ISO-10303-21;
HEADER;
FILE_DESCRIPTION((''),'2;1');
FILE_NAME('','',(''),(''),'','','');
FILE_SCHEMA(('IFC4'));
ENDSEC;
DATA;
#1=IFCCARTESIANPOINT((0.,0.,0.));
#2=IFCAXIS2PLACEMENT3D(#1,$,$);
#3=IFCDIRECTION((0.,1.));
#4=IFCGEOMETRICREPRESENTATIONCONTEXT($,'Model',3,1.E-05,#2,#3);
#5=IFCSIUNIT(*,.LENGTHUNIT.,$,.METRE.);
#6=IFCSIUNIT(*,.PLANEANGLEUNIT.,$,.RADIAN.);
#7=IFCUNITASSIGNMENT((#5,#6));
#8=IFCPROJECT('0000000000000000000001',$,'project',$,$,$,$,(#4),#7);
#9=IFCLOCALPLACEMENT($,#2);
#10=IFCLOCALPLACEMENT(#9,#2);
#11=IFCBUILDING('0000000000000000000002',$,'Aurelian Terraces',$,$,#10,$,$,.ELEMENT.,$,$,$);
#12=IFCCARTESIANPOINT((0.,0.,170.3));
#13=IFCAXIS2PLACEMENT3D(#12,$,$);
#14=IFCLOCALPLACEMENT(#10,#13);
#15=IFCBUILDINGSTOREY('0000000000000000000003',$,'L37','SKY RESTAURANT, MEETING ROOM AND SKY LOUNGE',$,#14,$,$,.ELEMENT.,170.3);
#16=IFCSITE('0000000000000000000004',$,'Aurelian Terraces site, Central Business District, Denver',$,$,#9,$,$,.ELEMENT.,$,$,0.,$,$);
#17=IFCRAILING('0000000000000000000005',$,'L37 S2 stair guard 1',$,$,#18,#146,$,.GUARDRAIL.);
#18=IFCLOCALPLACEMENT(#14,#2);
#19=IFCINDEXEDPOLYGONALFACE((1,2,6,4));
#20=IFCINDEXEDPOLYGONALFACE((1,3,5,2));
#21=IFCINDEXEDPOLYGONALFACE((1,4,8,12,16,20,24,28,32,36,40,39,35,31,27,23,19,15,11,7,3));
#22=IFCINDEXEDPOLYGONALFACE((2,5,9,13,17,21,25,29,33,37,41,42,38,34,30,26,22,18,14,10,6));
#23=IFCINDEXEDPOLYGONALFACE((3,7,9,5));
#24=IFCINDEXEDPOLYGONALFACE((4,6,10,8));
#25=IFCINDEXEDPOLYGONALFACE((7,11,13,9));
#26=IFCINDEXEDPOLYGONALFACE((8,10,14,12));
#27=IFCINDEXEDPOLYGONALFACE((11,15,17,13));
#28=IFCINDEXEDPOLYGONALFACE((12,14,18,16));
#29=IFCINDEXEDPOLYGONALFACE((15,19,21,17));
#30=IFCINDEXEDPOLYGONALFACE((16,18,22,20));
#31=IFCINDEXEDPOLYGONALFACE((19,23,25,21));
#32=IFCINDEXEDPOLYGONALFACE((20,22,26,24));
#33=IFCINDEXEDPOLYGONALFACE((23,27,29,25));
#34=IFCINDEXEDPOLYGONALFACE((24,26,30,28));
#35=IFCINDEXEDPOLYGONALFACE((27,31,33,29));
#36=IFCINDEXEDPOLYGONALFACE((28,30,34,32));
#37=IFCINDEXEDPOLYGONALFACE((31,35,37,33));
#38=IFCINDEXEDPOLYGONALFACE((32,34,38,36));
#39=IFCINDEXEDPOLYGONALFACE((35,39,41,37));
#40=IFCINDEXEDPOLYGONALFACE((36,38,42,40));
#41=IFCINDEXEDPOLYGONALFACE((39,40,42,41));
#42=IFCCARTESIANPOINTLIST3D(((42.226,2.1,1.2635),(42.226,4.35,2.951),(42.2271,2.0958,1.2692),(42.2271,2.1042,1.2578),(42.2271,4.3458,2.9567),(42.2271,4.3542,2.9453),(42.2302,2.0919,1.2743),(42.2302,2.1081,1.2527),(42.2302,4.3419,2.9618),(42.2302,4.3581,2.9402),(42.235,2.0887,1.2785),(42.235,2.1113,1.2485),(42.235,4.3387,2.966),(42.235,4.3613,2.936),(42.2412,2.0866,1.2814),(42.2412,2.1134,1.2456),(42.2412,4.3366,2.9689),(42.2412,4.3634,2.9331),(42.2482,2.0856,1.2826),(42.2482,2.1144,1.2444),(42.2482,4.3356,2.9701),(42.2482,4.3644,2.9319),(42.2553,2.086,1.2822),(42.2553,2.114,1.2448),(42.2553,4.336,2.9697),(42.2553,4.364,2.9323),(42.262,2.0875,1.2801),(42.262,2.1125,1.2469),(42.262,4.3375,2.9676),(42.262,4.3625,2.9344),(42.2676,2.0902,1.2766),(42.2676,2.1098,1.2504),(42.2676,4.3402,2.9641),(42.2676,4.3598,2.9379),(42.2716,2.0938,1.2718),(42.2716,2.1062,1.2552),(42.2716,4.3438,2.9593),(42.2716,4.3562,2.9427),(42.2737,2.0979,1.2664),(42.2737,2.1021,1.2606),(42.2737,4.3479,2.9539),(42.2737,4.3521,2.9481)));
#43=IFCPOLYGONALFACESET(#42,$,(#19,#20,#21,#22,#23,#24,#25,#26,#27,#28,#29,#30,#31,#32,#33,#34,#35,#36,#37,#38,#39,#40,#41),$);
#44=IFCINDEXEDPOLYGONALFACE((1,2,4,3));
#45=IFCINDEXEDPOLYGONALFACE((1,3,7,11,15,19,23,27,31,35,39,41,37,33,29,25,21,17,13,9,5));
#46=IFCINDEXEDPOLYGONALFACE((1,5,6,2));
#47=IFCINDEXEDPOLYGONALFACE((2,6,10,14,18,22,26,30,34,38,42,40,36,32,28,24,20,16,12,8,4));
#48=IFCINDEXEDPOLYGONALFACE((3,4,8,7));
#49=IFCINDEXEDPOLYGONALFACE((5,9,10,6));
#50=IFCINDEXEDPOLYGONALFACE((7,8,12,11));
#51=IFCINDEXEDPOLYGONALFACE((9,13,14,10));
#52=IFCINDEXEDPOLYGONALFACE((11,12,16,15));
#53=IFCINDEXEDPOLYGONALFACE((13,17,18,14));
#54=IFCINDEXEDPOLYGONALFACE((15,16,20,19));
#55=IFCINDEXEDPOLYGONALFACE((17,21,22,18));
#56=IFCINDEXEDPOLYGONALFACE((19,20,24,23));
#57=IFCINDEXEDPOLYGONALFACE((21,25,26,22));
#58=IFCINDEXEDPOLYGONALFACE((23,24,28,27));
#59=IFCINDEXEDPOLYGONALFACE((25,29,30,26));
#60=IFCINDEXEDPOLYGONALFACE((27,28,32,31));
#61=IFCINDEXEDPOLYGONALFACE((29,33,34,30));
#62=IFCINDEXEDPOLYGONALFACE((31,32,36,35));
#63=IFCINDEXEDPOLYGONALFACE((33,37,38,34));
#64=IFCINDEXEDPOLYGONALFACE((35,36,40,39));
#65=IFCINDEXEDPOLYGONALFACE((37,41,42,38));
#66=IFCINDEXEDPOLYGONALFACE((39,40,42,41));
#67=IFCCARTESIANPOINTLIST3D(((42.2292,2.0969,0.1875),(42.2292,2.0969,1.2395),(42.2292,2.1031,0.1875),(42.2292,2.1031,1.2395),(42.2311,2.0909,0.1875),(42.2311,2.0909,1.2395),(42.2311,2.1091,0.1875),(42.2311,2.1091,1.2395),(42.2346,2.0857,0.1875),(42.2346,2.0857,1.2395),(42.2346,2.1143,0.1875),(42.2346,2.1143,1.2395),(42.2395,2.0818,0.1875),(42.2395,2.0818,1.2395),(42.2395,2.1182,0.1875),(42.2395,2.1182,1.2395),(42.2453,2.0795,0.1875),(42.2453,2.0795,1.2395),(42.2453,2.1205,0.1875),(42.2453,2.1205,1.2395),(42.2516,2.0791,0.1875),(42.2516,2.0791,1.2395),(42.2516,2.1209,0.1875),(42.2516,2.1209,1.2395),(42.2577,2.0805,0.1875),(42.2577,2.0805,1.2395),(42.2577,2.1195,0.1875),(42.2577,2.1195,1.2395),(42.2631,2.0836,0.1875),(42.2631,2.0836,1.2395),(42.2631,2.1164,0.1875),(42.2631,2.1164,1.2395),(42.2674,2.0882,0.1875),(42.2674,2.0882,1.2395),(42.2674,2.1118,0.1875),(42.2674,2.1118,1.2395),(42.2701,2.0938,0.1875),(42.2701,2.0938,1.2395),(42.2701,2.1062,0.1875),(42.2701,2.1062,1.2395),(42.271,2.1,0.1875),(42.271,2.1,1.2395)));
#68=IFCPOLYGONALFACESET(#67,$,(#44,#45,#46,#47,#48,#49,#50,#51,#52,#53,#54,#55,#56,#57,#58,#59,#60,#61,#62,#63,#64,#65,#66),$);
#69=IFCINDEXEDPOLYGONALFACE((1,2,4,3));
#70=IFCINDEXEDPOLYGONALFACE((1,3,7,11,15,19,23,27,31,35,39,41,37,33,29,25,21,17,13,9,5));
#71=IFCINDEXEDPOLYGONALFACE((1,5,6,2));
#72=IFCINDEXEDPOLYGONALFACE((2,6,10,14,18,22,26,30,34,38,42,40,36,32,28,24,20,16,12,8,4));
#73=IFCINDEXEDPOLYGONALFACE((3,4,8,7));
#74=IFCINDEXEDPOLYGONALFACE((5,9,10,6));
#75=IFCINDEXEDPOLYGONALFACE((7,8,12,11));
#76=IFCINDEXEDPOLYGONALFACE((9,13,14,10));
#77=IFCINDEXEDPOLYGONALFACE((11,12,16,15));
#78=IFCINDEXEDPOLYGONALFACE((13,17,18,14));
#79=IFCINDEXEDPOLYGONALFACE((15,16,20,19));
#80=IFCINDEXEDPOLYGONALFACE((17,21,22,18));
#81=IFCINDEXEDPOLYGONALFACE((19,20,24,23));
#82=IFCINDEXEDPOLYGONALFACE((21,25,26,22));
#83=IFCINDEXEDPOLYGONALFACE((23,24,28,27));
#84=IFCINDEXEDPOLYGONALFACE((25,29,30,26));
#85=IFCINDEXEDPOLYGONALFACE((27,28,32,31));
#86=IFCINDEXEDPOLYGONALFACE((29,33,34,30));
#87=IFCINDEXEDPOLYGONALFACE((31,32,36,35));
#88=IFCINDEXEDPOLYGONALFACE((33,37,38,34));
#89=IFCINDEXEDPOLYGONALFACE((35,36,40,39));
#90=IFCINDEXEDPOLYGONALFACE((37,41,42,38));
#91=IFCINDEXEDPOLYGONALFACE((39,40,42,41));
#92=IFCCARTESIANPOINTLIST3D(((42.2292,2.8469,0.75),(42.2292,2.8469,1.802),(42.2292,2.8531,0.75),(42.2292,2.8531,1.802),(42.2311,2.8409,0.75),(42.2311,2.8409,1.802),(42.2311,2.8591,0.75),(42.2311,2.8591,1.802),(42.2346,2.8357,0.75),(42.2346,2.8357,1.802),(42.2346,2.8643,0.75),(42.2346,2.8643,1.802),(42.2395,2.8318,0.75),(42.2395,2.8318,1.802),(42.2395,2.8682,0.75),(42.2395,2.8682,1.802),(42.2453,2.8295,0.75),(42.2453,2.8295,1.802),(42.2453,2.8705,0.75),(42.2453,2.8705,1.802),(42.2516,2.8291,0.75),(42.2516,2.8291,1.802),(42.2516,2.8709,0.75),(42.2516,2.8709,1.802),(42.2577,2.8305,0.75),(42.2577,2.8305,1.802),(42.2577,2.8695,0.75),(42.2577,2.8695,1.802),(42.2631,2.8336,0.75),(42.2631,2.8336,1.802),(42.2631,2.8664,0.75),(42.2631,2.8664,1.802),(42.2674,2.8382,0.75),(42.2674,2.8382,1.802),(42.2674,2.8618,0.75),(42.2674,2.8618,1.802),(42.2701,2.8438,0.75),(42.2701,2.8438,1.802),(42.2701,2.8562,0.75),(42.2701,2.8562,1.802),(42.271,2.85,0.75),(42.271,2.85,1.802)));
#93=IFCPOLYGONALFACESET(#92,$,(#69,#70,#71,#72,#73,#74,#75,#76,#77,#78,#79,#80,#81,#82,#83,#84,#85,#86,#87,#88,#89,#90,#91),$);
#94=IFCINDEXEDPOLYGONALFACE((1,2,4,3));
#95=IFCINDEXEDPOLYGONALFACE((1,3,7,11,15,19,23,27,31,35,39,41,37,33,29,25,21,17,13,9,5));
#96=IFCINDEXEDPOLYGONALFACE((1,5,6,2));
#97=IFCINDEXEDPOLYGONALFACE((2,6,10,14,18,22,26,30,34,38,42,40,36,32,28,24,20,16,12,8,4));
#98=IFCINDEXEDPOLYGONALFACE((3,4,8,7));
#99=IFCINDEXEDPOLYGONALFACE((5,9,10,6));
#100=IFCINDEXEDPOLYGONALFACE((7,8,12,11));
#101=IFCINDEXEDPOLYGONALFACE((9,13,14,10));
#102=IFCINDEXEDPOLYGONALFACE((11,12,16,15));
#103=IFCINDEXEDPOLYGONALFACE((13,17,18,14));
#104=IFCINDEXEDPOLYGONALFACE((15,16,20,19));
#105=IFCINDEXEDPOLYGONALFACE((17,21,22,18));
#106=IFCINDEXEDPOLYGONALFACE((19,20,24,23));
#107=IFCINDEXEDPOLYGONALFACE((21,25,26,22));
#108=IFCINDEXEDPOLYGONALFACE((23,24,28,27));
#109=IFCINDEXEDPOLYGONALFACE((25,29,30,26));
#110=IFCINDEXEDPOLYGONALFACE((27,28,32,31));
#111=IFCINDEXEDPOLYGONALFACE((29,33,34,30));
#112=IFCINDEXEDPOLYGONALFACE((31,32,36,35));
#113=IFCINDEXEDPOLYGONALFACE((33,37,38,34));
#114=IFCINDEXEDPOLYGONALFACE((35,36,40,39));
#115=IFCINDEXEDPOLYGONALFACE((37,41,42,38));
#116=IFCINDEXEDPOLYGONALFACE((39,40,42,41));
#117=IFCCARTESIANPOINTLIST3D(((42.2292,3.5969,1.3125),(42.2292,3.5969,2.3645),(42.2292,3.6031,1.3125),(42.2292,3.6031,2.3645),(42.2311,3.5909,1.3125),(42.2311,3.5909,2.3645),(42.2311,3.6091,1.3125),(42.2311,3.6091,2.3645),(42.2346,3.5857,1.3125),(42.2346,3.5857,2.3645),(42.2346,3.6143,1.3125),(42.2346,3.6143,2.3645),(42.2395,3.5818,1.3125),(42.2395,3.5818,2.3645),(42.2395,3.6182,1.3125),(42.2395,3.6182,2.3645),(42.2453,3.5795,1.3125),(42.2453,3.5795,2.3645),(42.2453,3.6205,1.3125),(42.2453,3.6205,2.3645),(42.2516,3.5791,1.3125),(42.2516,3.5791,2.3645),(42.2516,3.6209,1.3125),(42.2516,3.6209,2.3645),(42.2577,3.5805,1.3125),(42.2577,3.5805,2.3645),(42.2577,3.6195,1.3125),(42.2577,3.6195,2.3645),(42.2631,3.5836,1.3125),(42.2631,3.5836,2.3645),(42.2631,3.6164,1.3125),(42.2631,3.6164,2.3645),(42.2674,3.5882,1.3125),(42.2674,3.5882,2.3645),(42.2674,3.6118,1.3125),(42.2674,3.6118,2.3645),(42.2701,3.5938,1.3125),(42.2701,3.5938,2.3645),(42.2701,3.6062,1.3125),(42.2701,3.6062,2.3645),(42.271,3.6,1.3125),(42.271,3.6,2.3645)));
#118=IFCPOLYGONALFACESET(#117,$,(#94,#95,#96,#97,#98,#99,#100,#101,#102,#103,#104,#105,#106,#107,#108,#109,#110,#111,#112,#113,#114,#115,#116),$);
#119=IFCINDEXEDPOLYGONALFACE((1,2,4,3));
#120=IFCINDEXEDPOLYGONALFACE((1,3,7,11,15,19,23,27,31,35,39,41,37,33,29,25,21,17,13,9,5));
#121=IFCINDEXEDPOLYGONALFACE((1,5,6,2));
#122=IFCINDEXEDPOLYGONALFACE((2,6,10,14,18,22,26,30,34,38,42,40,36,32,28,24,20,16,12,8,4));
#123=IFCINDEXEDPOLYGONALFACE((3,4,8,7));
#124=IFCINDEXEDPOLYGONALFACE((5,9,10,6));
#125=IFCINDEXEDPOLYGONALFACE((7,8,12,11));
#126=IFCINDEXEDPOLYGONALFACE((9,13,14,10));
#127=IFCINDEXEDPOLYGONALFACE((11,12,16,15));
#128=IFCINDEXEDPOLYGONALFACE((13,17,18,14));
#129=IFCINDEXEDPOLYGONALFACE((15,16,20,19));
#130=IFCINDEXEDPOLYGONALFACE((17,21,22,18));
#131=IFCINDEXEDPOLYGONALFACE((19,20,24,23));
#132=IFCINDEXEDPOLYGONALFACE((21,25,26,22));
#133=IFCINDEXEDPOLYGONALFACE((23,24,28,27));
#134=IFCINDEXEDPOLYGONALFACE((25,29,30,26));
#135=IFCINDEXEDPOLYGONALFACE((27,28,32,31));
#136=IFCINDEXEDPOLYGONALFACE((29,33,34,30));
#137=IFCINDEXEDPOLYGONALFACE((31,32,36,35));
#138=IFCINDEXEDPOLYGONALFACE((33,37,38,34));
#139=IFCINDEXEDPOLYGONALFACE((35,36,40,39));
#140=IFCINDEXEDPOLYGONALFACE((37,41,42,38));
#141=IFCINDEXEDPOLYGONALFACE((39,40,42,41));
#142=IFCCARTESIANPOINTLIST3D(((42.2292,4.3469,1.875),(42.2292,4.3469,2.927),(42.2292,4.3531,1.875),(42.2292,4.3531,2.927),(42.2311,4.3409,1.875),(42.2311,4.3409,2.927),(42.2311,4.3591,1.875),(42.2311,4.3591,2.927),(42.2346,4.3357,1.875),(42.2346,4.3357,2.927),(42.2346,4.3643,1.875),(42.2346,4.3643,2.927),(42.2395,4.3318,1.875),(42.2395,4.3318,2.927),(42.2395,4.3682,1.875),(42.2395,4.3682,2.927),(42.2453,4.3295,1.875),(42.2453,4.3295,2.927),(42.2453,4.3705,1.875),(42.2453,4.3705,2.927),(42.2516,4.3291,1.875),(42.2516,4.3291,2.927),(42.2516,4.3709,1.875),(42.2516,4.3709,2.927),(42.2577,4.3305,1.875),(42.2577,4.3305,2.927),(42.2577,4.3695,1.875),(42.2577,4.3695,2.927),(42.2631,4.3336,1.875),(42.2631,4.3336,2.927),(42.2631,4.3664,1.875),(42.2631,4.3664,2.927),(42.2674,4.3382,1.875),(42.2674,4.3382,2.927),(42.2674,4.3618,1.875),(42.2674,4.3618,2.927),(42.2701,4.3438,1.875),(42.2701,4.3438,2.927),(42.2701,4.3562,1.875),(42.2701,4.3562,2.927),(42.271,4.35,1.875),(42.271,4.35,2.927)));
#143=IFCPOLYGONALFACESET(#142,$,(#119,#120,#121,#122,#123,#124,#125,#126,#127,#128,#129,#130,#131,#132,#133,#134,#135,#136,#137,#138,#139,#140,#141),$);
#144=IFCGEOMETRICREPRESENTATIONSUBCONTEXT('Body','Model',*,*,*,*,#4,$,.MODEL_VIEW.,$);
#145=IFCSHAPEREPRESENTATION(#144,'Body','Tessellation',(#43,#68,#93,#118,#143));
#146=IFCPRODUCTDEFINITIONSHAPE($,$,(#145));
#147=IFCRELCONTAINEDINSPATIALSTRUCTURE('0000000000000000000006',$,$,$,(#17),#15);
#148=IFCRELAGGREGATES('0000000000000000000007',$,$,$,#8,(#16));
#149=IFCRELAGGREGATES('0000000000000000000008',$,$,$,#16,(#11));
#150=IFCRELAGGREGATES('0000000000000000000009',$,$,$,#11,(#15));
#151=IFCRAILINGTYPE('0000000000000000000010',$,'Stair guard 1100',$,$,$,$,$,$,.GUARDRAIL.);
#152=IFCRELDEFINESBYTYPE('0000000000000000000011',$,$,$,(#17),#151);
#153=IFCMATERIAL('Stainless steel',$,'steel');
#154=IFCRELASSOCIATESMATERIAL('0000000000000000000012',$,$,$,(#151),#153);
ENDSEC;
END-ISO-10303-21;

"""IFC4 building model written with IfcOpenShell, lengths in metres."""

from ifc_helpers import new_model, si_unit, direction, frame, origin, origin_2d, place, context, subcontext, project, spatial, circle, extrude, source, transform, mapped, material, type_object, element, save


model = new_model("IFC4")

# Units and contexts
model_context = context("Model", 3, precision=1e-05, world=origin(), true_north=direction((0.0, 1.0)))
body_context = subcontext(model_context, "Body", "Model", "MODEL_VIEW")
ifc_project = project(units=[si_unit("LENGTHUNIT", "METRE"), si_unit("PLANEANGLEUNIT", "RADIAN")], contexts=[model_context])

# Site, building, storey
site_placement = place(None, origin())
site = spatial("IfcSite", under=ifc_project, at=site_placement, Name="Aurelian Terraces site, Central Business District, Denver", CompositionType="ELEMENT", RefElevation=0.0)
building_placement = place(site_placement, origin())
building = spatial("IfcBuilding", under=site, at=building_placement, Name="Aurelian Terraces", CompositionType="ELEMENT")
storey_placement = place(building_placement, frame((0.0, 0.0, 170.3)))
storey = spatial("IfcBuildingStorey", under=building, at=storey_placement, Name="L37", Description="SKY RESTAURANT, MEETING ROOM AND SKY LOUNGE", CompositionType="ELEMENT", Elevation=170.3)

# Railing
ifc_material_1 = material(Name="Stainless steel", Category="steel")
railing_type_1 = type_object("IfcRailingType", Name="Stair guard 1100", PredefinedType="GUARDRAIL", material=ifc_material_1)
shared_shape_1 = source(origin(), body_context, "Body", "SweptSolid", [
    extrude(circle(Radius=0.024, at=origin_2d()), frame((0.0, 0.0, 1.076), z_axis=(0.0, 0.8, 0.6), x_axis=(-1.0, 0.0, 0.0)), (0.0, 0.0, 1.0), 2.8125),
    extrude(circle(Radius=0.021, at=origin_2d()), origin(), (0.0, 0.0, 1.0), 1.052),
    extrude(circle(Radius=0.021, at=origin_2d()), frame((0.0, 0.75, 0.5625)), (0.0, 0.0, 1.0), 1.052),
    extrude(circle(Radius=0.021, at=origin_2d()), frame((0.0, 1.5, 1.125)), (0.0, 0.0, 1.0), 1.052),
    extrude(circle(Radius=0.021, at=origin_2d()), frame((0.0, 2.25, 1.6875)), (0.0, 0.0, 1.0), 1.052),
])
for number, where, name in (
    (1, (42.25, 2.1, 0.1875), "L37 S2 stair guard 1"),
):
    element("IfcRailing", number, at=place(storey_placement, frame(where)), inside=storey, type_object=railing_type_1, Name=name, PredefinedType="GUARDRAIL", context=body_context, shape_type="MappedRepresentation", body=[
        mapped(shared_shape_1, transform((0.0, 0.0, 0.0), scale=1.0)),
    ])

save(model, "model.ifc")
